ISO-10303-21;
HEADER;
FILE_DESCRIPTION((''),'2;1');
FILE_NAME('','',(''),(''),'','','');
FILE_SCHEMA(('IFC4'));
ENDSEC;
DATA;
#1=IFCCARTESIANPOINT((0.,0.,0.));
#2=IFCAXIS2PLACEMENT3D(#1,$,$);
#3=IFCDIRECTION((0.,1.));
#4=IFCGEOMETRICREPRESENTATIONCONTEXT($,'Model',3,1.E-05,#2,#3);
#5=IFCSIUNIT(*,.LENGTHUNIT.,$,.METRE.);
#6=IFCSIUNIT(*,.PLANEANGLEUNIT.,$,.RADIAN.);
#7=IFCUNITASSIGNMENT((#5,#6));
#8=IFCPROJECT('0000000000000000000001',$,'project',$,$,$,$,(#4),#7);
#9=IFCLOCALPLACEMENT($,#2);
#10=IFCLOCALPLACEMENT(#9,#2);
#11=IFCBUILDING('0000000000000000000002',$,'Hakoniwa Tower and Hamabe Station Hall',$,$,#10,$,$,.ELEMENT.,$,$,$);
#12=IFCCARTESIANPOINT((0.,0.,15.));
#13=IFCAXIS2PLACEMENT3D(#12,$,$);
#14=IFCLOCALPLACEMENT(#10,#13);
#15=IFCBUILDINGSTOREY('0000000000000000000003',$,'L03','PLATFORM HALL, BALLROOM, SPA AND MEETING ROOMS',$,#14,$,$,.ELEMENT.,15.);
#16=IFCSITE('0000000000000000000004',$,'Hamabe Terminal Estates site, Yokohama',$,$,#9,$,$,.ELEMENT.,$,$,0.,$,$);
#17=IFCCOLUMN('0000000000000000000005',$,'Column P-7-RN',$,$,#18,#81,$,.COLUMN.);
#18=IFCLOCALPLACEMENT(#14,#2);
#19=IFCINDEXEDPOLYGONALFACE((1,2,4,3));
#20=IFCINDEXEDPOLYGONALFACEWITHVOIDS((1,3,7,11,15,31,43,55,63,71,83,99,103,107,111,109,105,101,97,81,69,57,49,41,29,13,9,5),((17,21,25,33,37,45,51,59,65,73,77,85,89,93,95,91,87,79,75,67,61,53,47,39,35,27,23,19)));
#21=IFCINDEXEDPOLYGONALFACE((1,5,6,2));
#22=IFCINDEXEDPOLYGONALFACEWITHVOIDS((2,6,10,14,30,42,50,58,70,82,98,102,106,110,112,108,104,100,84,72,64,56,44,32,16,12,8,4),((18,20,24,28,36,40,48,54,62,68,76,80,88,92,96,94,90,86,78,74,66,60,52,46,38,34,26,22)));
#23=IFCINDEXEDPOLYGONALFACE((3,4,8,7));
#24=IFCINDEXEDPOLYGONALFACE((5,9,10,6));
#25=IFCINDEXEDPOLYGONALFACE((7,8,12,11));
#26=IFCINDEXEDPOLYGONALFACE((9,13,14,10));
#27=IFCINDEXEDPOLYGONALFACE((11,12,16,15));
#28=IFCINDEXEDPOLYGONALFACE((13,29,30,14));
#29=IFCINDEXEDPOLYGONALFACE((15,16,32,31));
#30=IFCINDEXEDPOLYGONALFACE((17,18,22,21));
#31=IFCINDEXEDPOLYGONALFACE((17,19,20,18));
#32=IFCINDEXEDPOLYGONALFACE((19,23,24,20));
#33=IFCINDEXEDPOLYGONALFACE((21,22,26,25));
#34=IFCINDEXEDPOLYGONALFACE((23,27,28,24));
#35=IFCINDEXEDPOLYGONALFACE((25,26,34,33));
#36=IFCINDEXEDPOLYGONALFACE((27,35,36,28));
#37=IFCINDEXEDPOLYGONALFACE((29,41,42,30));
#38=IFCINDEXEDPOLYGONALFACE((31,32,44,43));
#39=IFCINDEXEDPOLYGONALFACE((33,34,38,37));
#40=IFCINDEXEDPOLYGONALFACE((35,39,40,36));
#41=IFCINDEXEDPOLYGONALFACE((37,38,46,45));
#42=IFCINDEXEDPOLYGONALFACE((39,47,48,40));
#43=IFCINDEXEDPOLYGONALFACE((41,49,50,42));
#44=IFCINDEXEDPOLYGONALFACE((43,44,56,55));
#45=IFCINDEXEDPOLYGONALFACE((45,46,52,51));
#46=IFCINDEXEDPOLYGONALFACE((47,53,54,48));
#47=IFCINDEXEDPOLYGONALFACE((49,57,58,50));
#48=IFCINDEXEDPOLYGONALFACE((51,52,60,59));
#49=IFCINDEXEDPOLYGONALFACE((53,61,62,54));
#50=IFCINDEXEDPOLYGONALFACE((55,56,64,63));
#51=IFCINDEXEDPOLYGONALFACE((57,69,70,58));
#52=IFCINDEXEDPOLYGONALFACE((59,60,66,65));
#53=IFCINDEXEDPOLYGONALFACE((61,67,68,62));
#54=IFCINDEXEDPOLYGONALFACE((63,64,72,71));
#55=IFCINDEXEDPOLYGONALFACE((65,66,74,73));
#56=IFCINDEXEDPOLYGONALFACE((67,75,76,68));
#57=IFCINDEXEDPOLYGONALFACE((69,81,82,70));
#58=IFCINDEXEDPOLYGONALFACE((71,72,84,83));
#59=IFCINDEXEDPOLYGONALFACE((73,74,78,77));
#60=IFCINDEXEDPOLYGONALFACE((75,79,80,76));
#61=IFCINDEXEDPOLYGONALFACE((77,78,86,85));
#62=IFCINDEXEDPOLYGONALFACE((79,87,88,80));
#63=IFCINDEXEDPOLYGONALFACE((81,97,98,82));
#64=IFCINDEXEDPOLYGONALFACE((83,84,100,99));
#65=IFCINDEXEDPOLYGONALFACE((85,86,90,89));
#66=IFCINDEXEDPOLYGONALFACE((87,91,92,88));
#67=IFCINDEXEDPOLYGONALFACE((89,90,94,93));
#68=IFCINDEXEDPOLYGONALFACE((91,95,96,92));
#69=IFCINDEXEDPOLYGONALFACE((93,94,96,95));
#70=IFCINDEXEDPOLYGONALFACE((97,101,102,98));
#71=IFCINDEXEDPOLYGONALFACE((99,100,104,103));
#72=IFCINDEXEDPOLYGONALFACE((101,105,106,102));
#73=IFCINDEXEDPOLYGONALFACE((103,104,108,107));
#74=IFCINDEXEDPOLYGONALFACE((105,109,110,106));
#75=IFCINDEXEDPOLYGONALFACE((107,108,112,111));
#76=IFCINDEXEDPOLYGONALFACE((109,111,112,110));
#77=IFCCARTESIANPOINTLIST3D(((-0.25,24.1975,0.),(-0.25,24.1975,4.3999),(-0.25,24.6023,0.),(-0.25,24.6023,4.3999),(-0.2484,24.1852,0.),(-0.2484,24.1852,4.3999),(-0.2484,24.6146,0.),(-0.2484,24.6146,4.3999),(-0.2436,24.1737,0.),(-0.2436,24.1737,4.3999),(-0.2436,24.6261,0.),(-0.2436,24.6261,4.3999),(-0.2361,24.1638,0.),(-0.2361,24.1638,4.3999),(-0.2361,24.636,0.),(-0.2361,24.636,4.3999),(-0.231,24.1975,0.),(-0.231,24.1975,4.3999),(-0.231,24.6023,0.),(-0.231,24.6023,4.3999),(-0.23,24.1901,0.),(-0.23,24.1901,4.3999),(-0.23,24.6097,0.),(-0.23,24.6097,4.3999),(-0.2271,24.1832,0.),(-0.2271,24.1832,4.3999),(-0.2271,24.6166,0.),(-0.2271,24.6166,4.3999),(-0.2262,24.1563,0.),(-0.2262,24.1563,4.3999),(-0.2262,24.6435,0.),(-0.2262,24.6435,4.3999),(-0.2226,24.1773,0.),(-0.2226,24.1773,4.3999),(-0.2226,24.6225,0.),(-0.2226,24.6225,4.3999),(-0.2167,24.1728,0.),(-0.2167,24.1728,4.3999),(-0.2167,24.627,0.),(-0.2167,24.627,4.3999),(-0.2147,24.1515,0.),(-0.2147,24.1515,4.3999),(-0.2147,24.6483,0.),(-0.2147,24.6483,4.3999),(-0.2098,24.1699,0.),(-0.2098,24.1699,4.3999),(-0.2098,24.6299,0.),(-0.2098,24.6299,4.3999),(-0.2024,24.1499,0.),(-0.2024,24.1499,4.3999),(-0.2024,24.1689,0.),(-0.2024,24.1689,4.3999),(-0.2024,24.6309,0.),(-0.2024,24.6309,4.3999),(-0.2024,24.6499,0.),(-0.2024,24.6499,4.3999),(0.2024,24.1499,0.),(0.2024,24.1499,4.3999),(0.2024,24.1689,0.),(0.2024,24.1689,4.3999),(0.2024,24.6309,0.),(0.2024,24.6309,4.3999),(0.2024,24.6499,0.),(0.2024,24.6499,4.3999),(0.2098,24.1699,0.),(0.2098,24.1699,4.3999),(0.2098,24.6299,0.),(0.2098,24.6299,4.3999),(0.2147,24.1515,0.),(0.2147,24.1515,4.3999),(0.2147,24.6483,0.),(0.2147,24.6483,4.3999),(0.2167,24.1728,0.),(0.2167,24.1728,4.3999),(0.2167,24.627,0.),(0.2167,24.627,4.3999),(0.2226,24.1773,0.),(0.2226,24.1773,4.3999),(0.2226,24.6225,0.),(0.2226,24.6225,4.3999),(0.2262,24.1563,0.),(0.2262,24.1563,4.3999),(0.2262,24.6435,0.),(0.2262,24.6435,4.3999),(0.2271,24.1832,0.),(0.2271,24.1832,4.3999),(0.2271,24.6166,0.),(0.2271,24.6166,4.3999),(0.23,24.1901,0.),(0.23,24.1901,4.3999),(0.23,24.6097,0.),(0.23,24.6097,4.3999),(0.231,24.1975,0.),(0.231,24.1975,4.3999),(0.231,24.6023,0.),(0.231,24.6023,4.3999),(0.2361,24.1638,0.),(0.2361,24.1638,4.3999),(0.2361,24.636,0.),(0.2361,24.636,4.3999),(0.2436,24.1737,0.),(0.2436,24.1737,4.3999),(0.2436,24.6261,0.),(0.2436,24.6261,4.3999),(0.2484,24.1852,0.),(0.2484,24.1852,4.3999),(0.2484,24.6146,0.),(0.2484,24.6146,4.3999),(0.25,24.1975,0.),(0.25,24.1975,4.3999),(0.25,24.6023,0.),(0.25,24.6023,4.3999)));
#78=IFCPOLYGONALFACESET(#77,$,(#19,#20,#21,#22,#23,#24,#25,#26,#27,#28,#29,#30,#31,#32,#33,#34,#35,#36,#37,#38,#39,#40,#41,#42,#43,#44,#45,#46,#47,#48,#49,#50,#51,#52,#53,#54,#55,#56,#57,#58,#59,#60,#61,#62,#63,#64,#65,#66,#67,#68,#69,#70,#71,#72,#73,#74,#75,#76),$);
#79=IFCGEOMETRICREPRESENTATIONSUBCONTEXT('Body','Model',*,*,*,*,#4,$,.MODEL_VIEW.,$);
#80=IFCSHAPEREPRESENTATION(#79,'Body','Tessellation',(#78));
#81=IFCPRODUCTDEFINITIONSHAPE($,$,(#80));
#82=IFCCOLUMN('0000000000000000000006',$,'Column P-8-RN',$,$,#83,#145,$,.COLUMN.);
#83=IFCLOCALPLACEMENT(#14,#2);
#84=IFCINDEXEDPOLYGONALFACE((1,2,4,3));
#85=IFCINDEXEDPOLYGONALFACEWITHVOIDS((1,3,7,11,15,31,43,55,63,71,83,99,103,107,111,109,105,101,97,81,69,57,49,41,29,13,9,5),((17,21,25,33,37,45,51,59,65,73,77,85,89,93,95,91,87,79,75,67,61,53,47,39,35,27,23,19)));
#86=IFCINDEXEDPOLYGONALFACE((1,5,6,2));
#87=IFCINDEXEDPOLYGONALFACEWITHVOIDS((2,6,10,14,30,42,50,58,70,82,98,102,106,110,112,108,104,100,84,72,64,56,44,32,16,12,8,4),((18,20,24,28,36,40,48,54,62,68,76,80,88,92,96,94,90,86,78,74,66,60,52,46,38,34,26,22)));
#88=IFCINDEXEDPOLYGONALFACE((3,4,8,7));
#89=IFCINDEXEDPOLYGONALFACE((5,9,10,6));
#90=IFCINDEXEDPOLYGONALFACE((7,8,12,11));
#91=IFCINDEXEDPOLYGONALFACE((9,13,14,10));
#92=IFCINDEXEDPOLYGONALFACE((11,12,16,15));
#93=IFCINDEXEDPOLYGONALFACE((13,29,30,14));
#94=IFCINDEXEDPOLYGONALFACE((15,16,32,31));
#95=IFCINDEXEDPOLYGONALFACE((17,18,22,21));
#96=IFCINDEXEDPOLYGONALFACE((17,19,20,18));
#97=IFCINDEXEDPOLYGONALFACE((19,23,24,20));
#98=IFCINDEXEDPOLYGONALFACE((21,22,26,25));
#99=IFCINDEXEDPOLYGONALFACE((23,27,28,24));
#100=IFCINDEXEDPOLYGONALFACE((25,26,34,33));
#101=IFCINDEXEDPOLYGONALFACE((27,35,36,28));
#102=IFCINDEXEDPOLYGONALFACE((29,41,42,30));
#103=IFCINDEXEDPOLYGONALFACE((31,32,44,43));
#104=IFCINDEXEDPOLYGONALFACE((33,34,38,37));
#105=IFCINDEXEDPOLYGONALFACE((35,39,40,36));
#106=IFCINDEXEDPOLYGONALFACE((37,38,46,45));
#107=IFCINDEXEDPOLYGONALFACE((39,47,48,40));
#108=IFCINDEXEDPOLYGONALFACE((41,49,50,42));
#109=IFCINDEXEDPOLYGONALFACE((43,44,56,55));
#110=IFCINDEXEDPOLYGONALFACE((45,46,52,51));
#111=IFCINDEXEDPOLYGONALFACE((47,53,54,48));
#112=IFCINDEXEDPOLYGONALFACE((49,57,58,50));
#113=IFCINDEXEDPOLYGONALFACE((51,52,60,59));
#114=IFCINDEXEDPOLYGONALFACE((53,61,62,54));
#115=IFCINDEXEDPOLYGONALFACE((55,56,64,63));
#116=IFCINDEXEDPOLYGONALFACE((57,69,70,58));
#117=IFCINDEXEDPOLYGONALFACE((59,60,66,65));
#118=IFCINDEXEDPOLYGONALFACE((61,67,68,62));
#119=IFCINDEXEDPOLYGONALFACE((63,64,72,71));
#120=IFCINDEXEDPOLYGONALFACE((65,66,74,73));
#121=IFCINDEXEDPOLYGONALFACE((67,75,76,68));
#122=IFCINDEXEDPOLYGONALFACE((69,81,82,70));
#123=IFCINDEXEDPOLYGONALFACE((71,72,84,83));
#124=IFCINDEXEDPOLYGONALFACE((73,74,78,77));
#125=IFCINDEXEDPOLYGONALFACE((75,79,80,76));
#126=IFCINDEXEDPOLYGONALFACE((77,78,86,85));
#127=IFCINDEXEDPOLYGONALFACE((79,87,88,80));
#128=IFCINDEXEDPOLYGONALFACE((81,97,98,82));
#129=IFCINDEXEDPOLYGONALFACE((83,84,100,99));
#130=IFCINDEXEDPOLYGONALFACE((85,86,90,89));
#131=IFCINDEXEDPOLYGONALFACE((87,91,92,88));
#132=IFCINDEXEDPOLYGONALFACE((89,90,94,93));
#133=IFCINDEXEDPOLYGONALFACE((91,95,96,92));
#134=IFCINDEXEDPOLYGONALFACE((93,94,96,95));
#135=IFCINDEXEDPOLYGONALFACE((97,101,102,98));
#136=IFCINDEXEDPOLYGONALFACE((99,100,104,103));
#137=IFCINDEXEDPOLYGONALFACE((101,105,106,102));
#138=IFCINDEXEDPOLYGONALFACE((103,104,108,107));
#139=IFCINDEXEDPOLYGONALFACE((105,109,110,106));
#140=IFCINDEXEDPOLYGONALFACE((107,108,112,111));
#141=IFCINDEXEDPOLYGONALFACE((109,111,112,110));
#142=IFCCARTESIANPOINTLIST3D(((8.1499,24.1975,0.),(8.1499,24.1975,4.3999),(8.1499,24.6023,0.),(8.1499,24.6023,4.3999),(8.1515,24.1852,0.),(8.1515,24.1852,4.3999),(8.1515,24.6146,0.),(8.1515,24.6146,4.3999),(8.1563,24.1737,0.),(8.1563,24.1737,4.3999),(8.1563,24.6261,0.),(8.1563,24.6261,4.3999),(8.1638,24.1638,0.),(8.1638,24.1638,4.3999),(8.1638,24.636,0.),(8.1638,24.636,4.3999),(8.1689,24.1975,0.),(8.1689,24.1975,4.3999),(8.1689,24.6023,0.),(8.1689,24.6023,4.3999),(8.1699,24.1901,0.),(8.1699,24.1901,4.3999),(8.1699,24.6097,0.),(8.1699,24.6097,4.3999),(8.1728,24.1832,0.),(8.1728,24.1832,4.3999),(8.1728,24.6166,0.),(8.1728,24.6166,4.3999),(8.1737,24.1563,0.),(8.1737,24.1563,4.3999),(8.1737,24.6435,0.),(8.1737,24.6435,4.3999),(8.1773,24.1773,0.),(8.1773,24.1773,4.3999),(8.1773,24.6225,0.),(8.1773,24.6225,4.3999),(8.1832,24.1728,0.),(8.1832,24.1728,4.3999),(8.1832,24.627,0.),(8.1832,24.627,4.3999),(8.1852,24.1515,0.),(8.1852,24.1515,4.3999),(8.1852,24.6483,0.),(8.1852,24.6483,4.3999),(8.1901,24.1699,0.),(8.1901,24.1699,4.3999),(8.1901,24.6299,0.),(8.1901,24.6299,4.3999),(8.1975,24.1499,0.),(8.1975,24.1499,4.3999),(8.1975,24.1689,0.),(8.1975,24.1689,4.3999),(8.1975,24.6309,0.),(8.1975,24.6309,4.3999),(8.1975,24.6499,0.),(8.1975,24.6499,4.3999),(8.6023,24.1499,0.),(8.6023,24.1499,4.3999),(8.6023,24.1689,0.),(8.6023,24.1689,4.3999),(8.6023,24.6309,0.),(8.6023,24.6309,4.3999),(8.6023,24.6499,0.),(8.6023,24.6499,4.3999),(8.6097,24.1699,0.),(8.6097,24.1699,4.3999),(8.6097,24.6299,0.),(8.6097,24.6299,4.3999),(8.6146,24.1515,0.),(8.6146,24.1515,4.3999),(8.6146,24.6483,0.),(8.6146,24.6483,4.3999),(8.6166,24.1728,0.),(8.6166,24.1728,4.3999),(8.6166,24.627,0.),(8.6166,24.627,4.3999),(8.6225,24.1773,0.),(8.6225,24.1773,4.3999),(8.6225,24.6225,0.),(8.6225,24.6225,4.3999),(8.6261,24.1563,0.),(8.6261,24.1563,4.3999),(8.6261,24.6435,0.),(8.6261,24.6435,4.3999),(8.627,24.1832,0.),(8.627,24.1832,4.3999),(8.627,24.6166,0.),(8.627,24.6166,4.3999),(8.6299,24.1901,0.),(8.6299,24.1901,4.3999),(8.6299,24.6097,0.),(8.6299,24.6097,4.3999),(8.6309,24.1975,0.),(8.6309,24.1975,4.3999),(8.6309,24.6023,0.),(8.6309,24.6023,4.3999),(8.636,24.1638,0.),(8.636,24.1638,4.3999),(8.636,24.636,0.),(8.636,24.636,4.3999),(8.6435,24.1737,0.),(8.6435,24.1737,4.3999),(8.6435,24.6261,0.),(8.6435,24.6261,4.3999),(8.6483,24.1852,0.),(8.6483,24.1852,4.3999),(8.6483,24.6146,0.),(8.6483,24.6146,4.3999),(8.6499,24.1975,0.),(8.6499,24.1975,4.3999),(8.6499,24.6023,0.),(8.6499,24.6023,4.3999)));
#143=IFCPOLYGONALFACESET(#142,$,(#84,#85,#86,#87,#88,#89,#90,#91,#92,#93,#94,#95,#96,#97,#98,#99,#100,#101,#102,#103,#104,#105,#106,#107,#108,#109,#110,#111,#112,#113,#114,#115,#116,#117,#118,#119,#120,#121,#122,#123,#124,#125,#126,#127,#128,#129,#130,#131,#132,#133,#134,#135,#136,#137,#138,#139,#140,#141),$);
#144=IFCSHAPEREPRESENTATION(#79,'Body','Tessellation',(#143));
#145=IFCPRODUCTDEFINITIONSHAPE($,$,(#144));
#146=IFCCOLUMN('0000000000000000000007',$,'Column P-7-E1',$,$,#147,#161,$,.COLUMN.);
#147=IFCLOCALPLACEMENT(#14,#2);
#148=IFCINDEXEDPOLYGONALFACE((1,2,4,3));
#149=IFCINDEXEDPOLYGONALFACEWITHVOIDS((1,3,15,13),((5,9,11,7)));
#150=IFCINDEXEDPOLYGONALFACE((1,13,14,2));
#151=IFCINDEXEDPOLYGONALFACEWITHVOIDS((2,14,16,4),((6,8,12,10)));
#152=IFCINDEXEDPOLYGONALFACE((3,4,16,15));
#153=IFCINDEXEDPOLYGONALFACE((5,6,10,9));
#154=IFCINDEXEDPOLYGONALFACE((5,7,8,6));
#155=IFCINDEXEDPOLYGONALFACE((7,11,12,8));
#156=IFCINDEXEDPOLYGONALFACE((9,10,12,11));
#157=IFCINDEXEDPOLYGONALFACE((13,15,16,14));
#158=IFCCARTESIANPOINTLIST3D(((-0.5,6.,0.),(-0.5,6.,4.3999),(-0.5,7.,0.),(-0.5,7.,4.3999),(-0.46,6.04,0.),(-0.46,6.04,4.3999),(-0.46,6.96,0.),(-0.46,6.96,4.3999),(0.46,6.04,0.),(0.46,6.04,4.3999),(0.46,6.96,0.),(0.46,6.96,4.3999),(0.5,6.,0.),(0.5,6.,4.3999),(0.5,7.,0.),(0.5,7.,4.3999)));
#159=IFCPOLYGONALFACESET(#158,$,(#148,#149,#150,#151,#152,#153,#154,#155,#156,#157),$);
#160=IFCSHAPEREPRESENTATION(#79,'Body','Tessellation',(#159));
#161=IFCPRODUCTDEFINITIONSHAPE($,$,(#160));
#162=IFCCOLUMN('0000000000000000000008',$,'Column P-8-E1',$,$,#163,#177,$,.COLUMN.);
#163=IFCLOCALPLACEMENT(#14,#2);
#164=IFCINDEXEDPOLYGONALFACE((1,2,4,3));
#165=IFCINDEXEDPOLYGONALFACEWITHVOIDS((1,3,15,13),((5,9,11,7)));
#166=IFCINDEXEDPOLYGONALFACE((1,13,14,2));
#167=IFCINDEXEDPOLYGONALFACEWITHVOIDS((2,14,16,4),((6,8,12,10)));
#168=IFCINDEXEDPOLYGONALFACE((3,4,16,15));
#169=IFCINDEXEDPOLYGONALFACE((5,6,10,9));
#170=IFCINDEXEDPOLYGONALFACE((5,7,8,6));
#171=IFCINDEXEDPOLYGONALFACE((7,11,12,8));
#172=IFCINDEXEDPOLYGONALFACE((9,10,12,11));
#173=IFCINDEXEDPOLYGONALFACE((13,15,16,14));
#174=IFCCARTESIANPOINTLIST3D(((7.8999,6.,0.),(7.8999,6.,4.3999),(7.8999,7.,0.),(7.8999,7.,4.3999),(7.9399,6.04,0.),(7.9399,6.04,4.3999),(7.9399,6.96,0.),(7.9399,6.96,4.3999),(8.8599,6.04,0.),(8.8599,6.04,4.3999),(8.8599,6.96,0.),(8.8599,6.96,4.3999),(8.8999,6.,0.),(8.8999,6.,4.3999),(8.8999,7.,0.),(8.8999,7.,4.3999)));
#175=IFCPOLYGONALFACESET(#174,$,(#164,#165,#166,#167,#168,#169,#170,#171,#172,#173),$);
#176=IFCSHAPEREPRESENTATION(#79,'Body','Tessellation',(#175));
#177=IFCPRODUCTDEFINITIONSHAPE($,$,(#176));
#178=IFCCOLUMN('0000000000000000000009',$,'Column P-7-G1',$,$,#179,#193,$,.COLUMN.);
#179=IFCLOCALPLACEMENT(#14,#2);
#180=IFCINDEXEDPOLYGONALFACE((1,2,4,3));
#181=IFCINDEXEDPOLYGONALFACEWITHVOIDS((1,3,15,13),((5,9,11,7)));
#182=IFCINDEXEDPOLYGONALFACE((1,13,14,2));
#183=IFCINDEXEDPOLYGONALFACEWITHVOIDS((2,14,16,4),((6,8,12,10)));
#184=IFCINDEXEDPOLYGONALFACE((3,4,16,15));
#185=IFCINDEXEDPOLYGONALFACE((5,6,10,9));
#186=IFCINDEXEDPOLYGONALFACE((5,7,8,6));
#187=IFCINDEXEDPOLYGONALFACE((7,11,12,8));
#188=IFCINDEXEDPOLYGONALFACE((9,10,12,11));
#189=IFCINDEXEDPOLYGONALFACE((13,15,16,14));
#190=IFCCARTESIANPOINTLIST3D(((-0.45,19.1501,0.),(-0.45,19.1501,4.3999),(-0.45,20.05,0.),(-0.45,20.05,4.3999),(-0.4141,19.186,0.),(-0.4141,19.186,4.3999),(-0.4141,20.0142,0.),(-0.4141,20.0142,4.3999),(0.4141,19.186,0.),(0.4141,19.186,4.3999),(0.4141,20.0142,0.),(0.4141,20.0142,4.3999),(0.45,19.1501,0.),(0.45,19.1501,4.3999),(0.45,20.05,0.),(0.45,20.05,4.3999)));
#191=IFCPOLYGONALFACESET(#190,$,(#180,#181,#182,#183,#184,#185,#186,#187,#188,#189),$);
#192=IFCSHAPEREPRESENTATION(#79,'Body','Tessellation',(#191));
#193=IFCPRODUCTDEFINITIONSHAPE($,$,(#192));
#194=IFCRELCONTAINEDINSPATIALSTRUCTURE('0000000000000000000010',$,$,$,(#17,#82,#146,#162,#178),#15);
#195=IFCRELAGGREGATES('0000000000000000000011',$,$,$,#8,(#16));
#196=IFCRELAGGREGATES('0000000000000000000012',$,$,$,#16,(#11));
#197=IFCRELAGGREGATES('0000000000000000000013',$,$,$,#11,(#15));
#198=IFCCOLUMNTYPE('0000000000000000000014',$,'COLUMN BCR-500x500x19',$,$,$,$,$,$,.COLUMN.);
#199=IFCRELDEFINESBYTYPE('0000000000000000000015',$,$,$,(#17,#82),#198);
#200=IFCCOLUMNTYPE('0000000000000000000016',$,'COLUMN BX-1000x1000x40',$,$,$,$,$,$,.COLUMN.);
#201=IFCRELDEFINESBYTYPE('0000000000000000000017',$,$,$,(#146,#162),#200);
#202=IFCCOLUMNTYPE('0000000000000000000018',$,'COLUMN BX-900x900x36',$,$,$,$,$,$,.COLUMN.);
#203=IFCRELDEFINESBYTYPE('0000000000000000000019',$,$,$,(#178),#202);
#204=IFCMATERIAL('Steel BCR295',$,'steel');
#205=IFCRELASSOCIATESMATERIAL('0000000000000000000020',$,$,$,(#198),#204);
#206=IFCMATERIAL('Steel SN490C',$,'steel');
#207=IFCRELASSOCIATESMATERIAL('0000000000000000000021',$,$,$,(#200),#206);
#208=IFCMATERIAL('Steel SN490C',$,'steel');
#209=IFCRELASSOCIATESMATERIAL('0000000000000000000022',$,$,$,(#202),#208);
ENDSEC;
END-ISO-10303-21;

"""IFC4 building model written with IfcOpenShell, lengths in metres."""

from ifc_helpers import new_model, si_unit, direction, frame, origin, origin_2d, place, context, subcontext, project, spatial, hollow_rectangle, extrude, material, material_profile, profile_set, type_object, element, save


model = new_model("IFC4")

# Units and contexts
model_context = context("Model", 3, precision=1e-05, world=origin(), true_north=direction((0.0, 1.0)))
body_context = subcontext(model_context, "Body", "Model", "MODEL_VIEW")
ifc_project = project(units=[si_unit("LENGTHUNIT", "METRE"), si_unit("PLANEANGLEUNIT", "RADIAN")], contexts=[model_context])

# Site, building, storey
site_placement = place(None, origin())
site = spatial("IfcSite", under=ifc_project, at=site_placement, Name="Hamabe Terminal Estates site, Yokohama", CompositionType="ELEMENT", RefElevation=0.0)
building_placement = place(site_placement, origin())
building = spatial("IfcBuilding", under=site, at=building_placement, Name="Hakoniwa Tower and Hamabe Station Hall", CompositionType="ELEMENT")
storey_placement = place(building_placement, frame((0.0, 0.0, 15.0)))
storey = spatial("IfcBuildingStorey", under=building, at=storey_placement, Name="L03", Description="PLATFORM HALL, BALLROOM, SPA AND MEETING ROOMS", CompositionType="ELEMENT", Elevation=15.0)

# Columns
ifc_material_1 = material(Name="Steel BCR295", Category="steel")
ifc_material_profile_1 = material_profile(ifc_material_1, hollow_rectangle(XDim=0.5, YDim=0.5, WallThickness=0.019, InnerFilletRadius=0.0286, OuterFilletRadius=0.0476, at=origin_2d()), Name="BCR-500x500x19")
ifc_profile_set_1 = profile_set([ifc_material_profile_1], Name="Steel BCR295")
column_type_1 = type_object("IfcColumnType", Name="COLUMN BCR-500x500x19", PredefinedType="COLUMN", material=ifc_profile_set_1)
for number, where, z_axis, x_axis, name in (
    (1, (0.0, 24.3999, 0.0), (0.0, 0.0, 1.0), (1.0, 0.0, 0.0), "Column P-7-RN"),
    (2, (8.3999, 24.3999, 0.0), (0.0, 0.0, 1.0), (1.0, 0.0, 0.0), "Column P-8-RN"),
):
    element("IfcColumn", number, at=place(storey_placement, frame(where, z_axis=z_axis, x_axis=x_axis)), inside=storey, type_object=column_type_1, Name=name, PredefinedType="COLUMN", context=body_context, shape_type="SweptSolid", body=[
        extrude(hollow_rectangle(XDim=0.5, YDim=0.5, WallThickness=0.019, InnerFilletRadius=0.0286, OuterFilletRadius=0.0476, at=origin_2d()), origin(), (0.0, 0.0, 1.0), 4.3999),
    ])
ifc_material_2 = material(Name="Steel SN490C", Category="steel")
ifc_material_profile_2 = material_profile(ifc_material_2, hollow_rectangle(XDim=1.0, YDim=1.0, WallThickness=0.04, at=origin_2d()), Name="BX-1000x1000x40")
ifc_profile_set_2 = profile_set([ifc_material_profile_2], Name="Steel SN490C")
column_type_2 = type_object("IfcColumnType", Name="COLUMN BX-1000x1000x40", PredefinedType="COLUMN", material=ifc_profile_set_2)
for number, where, z_axis, x_axis, name in (
    (3, (0.0, 6.5, 0.0), (0.0, 0.0, 1.0), (1.0, 0.0, 0.0), "Column P-7-E1"),
    (4, (8.3999, 6.5, 0.0), (0.0, 0.0, 1.0), (1.0, 0.0, 0.0), "Column P-8-E1"),
):
    element("IfcColumn", number, at=place(storey_placement, frame(where, z_axis=z_axis, x_axis=x_axis)), inside=storey, type_object=column_type_2, Name=name, PredefinedType="COLUMN", context=body_context, shape_type="SweptSolid", body=[
        extrude(hollow_rectangle(XDim=1.0, YDim=1.0, WallThickness=0.04, at=origin_2d()), origin(), (0.0, 0.0, 1.0), 4.3999),
    ])
ifc_material_3 = material(Name="Steel SN490C", Category="steel")
ifc_material_profile_3 = material_profile(ifc_material_3, hollow_rectangle(XDim=0.8999, YDim=0.8999, WallThickness=0.0359, at=origin_2d()), Name="BX-900x900x36")
ifc_profile_set_3 = profile_set([ifc_material_profile_3], Name="Steel SN490C")
column_type_3 = type_object("IfcColumnType", Name="COLUMN BX-900x900x36", PredefinedType="COLUMN", material=ifc_profile_set_3)
for number, where, z_axis, x_axis, name in (
    (5, (0.0, 19.6001, 0.0), (0.0, 0.0, 1.0), (1.0, 0.0, 0.0), "Column P-7-G1"),
):
    element("IfcColumn", number, at=place(storey_placement, frame(where, z_axis=z_axis, x_axis=x_axis)), inside=storey, type_object=column_type_3, Name=name, PredefinedType="COLUMN", context=body_context, shape_type="SweptSolid", body=[
        extrude(hollow_rectangle(XDim=0.8999, YDim=0.8999, WallThickness=0.0359, at=origin_2d()), origin(), (0.0, 0.0, 1.0), 4.3999),
    ])

save(model, "model.ifc")
